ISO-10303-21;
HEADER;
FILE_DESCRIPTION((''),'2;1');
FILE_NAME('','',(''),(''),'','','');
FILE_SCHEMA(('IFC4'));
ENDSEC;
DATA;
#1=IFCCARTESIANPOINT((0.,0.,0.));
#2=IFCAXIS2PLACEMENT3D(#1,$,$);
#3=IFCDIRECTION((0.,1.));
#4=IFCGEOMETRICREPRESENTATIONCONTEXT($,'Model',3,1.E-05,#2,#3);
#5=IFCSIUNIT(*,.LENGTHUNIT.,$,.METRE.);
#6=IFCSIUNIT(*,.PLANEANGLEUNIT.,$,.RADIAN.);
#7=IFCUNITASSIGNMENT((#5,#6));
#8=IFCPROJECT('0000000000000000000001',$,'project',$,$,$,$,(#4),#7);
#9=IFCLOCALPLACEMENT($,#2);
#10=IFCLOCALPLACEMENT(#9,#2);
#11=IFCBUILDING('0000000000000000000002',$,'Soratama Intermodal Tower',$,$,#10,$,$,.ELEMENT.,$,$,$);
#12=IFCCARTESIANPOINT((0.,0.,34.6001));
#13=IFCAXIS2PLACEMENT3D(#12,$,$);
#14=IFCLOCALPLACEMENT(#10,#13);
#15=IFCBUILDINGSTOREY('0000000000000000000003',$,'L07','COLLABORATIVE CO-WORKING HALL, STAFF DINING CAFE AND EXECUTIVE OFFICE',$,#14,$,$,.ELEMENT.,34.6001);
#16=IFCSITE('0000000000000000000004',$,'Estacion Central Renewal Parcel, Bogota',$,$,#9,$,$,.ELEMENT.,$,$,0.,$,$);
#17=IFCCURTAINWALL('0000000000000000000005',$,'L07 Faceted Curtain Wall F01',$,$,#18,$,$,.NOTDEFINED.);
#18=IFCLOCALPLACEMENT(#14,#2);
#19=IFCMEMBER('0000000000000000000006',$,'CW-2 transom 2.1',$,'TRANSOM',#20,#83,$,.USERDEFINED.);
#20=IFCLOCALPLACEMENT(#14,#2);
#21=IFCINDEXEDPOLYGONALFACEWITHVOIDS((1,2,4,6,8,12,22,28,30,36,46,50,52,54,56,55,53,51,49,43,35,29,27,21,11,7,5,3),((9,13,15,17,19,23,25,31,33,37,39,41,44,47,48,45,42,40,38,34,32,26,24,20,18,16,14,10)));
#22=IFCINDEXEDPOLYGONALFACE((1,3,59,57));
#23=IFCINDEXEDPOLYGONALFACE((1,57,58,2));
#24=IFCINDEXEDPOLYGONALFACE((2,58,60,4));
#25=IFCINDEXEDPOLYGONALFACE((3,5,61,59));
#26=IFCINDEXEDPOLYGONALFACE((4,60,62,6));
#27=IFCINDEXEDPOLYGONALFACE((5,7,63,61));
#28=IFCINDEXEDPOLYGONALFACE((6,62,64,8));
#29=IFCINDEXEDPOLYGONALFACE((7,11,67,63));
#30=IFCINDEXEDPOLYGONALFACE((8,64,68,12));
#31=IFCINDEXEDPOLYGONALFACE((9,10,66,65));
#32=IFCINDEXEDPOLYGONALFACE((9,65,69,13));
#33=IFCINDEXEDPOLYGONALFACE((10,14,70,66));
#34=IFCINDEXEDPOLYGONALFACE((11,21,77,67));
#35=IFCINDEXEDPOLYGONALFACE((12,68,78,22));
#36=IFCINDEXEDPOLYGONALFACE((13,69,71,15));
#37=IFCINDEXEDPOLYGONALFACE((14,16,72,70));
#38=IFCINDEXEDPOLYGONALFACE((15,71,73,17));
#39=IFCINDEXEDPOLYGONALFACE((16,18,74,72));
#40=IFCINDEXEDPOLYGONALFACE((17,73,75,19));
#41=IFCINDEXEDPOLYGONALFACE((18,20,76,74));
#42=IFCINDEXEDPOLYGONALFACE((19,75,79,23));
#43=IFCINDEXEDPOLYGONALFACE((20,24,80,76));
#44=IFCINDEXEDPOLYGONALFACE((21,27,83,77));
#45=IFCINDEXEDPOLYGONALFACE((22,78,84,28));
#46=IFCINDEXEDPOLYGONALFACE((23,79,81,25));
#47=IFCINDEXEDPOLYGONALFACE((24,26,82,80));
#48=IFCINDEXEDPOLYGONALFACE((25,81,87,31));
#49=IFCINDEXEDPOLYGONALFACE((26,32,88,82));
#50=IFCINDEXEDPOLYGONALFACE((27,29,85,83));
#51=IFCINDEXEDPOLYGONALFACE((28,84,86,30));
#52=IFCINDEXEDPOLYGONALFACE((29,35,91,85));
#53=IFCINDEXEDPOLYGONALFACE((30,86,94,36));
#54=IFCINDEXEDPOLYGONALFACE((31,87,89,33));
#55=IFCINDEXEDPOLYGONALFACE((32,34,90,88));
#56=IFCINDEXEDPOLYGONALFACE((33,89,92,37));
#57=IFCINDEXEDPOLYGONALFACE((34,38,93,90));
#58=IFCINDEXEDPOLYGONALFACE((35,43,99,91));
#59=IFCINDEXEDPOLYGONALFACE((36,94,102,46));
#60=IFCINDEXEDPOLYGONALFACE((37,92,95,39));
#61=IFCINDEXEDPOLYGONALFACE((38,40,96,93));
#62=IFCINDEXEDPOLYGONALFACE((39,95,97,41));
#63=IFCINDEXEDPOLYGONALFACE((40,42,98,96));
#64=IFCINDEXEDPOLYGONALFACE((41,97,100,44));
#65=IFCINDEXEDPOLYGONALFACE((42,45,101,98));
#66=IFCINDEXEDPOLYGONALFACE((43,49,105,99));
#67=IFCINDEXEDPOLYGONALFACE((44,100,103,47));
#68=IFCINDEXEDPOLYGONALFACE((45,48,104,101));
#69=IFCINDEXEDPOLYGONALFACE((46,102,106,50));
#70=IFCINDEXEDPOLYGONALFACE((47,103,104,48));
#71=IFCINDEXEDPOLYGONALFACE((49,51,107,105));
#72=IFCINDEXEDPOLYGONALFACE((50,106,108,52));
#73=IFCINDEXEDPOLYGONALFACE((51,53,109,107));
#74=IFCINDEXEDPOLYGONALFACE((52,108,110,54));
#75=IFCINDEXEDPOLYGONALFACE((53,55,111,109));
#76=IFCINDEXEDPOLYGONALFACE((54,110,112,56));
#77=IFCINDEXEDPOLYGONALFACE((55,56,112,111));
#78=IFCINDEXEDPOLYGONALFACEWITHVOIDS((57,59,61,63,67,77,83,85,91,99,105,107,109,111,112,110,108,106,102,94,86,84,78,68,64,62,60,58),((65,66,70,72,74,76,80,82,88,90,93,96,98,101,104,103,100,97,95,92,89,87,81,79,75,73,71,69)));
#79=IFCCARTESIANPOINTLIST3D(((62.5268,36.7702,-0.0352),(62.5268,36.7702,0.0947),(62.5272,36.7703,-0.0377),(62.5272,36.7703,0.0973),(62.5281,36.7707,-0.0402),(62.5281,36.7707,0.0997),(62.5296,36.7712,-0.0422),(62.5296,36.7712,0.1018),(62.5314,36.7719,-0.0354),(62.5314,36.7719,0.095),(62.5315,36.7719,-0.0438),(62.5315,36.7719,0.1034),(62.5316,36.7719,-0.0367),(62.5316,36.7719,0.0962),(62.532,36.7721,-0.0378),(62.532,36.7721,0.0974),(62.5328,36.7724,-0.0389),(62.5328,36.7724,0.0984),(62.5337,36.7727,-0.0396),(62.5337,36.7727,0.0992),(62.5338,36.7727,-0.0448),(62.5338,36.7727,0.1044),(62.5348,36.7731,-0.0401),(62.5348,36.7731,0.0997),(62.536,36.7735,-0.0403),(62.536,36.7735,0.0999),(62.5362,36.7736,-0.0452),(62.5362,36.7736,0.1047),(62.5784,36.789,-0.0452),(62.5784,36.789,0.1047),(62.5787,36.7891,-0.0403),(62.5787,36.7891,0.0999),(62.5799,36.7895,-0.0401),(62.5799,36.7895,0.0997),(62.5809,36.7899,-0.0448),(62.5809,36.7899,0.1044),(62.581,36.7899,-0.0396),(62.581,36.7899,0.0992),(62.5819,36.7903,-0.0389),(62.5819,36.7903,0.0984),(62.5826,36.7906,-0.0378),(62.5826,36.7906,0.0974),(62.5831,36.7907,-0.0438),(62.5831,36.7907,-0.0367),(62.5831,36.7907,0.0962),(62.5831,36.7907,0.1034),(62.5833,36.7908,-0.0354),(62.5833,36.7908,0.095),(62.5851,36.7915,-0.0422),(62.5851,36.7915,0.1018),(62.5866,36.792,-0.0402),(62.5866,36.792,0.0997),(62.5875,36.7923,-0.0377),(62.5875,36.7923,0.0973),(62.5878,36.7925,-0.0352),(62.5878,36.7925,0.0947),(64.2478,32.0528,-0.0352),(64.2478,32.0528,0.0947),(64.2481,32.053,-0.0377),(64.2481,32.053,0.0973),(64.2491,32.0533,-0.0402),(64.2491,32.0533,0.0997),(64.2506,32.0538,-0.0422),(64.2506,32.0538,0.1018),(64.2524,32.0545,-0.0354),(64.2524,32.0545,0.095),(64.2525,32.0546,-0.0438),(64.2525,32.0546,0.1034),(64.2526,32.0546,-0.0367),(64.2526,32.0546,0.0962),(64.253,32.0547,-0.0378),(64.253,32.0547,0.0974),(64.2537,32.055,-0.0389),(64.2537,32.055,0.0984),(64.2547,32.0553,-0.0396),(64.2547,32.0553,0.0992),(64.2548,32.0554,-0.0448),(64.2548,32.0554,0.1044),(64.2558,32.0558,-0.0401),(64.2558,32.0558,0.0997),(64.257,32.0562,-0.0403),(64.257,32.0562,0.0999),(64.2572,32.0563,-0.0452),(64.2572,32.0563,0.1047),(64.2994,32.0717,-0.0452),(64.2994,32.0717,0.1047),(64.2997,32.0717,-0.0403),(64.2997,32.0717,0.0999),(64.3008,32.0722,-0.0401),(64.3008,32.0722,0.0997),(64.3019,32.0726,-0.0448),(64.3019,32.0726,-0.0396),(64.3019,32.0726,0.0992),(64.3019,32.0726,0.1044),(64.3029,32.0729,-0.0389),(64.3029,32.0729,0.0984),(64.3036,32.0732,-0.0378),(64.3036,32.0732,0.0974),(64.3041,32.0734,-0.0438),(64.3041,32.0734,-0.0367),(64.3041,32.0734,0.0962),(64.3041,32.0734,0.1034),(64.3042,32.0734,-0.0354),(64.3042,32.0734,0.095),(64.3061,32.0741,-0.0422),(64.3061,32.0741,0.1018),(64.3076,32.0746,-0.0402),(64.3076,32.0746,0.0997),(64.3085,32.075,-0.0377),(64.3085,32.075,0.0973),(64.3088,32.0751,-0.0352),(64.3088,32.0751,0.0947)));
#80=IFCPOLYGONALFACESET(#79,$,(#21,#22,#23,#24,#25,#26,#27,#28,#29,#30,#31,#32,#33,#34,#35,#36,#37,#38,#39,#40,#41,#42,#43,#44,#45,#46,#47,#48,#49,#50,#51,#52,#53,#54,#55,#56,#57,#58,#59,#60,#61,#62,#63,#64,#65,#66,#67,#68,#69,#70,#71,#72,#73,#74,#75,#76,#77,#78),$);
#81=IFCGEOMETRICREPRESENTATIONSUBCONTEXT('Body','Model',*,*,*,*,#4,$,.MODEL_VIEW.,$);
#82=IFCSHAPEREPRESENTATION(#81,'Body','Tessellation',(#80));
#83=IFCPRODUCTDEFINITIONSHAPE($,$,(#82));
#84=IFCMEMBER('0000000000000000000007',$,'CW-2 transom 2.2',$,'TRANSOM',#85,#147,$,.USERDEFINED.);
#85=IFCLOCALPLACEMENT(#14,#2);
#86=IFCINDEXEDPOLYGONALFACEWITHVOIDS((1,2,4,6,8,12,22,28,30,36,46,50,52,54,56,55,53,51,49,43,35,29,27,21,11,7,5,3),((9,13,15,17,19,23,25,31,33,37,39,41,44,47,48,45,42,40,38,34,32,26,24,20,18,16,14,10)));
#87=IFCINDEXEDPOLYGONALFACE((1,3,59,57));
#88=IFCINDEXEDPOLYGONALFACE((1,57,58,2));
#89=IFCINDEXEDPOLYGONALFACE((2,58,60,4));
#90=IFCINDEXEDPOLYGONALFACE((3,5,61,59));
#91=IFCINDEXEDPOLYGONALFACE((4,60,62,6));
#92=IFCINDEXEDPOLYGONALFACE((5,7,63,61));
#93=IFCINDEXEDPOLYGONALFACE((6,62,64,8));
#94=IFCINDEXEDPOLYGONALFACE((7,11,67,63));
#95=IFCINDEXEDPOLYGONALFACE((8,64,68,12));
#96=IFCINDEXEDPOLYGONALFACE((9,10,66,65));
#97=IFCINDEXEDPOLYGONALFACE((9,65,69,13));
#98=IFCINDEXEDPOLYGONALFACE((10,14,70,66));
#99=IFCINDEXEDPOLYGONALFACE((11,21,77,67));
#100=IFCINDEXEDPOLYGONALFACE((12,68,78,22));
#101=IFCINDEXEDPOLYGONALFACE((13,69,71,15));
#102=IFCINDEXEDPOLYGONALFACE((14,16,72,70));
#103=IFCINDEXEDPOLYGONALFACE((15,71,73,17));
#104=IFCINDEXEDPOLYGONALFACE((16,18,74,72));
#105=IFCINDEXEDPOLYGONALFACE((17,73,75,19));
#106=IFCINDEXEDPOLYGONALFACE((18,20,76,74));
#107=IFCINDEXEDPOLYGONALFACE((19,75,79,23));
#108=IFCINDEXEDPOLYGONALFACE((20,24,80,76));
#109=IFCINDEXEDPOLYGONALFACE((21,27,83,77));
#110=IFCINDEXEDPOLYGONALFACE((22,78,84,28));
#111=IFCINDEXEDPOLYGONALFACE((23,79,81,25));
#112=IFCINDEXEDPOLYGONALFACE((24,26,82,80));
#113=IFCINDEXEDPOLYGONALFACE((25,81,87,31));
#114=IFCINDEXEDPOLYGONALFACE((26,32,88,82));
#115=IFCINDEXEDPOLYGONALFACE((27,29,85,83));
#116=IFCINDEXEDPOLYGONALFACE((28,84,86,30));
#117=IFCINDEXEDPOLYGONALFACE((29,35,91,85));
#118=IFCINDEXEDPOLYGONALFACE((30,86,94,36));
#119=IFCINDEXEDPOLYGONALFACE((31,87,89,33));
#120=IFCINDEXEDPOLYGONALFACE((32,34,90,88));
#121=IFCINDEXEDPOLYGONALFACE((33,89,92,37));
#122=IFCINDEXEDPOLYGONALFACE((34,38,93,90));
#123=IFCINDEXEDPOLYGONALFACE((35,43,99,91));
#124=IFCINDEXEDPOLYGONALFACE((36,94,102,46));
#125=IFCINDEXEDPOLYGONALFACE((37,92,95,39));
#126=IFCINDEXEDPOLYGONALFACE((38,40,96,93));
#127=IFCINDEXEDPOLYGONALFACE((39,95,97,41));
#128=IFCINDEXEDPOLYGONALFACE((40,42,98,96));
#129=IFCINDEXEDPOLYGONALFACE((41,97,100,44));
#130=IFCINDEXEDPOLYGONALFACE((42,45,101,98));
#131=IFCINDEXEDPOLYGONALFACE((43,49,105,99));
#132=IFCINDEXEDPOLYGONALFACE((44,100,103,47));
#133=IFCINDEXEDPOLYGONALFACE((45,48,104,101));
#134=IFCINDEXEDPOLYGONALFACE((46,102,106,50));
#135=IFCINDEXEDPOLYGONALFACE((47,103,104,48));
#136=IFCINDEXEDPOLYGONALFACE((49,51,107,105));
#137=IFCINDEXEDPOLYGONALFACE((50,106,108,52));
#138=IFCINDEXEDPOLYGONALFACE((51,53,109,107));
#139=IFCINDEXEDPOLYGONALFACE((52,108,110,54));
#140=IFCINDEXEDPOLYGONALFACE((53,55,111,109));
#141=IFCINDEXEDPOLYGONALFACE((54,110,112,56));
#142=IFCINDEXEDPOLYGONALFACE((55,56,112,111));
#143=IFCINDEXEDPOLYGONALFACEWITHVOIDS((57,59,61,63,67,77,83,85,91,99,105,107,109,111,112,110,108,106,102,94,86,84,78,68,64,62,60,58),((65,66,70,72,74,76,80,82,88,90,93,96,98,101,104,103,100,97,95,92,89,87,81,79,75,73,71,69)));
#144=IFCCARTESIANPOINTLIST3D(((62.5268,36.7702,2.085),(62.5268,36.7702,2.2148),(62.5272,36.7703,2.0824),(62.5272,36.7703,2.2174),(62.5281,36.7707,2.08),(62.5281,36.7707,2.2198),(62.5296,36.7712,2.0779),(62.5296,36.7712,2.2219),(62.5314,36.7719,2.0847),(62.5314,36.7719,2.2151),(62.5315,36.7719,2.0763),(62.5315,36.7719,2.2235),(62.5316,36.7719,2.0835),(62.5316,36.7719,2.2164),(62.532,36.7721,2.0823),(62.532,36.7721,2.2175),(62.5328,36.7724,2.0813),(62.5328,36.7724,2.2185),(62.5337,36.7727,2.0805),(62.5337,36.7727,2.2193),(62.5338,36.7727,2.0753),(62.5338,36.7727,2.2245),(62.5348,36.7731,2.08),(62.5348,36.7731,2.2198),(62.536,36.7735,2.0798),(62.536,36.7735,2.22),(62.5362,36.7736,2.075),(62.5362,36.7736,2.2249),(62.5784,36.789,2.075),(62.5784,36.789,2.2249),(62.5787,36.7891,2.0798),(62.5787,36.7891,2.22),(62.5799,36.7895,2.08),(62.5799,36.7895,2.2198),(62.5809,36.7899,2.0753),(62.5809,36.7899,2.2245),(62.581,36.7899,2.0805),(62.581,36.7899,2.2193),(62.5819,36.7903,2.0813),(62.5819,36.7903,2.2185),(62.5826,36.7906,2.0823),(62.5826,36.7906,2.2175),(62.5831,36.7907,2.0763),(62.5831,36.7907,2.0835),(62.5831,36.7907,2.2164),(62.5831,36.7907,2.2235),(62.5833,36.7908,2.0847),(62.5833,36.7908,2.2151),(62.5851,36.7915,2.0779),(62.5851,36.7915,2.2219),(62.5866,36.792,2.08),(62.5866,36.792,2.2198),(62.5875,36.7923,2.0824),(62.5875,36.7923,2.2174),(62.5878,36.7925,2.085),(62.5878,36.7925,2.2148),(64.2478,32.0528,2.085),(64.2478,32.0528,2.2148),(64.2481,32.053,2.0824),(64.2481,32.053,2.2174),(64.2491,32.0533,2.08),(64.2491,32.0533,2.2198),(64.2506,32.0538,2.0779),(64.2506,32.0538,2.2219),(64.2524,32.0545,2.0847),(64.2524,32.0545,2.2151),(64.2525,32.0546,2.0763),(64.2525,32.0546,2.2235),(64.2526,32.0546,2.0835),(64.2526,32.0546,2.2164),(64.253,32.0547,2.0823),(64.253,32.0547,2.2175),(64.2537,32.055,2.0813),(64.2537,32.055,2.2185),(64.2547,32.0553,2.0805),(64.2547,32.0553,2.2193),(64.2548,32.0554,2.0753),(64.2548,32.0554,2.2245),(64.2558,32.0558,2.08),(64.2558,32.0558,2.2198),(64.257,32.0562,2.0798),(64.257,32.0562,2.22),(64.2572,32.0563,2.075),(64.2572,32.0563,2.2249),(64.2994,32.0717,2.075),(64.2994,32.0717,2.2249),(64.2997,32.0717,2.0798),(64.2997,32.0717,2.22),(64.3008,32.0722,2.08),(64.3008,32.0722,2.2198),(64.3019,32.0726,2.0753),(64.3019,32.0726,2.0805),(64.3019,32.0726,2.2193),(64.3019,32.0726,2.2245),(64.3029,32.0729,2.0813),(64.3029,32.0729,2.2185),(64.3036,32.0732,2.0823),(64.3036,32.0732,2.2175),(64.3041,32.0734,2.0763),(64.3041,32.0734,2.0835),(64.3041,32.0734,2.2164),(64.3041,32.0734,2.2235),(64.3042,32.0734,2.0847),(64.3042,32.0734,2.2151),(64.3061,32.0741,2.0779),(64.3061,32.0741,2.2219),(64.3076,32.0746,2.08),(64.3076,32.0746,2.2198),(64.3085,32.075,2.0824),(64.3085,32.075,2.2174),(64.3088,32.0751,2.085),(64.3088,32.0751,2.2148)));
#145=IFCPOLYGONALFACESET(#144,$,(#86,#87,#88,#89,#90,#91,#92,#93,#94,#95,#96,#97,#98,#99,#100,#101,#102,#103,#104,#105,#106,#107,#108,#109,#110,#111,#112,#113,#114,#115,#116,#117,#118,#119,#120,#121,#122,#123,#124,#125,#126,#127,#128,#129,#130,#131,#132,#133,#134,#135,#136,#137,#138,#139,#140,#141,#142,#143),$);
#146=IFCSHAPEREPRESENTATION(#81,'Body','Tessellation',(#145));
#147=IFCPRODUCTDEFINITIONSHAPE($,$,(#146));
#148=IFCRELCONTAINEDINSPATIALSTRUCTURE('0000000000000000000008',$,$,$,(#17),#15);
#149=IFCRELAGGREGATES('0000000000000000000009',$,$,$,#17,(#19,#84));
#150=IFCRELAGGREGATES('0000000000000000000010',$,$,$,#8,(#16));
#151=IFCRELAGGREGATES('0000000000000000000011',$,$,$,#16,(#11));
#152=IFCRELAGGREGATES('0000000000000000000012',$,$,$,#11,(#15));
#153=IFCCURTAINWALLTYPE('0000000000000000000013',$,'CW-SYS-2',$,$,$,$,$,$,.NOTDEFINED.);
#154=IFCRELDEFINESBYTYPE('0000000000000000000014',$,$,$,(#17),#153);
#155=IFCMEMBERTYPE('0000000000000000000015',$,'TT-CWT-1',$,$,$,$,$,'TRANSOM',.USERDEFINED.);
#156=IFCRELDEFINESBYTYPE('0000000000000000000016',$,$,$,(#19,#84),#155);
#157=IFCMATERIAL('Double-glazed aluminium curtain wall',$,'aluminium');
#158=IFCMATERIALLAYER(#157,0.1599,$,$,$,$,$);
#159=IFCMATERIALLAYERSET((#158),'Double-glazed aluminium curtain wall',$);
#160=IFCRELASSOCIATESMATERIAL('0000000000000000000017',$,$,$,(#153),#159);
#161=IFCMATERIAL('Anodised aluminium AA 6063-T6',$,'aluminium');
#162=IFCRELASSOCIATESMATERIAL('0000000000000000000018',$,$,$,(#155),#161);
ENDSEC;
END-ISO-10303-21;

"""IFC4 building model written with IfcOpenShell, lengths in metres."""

from ifc_helpers import new_model, si_unit, direction, frame, origin, origin_2d, place, context, subcontext, project, spatial, hollow_rectangle, extrude, material, layer, layer_set, material_profile, profile_set, type_object, element, aggregate, save


model = new_model("IFC4")

# Units and contexts
model_context = context("Model", 3, precision=1e-05, world=origin(), true_north=direction((0.0, 1.0)))
body_context = subcontext(model_context, "Body", "Model", "MODEL_VIEW")
ifc_project = project(units=[si_unit("LENGTHUNIT", "METRE"), si_unit("PLANEANGLEUNIT", "RADIAN")], contexts=[model_context])

# Site, building, storey
site_placement = place(None, origin())
site = spatial("IfcSite", under=ifc_project, at=site_placement, Name="Estacion Central Renewal Parcel, Bogota", CompositionType="ELEMENT", RefElevation=0.0)
building_placement = place(site_placement, origin())
building = spatial("IfcBuilding", under=site, at=building_placement, Name="Soratama Intermodal Tower", CompositionType="ELEMENT")
storey_placement = place(building_placement, frame((0.0, 0.0, 34.6001)))
storey = spatial("IfcBuildingStorey", under=building, at=storey_placement, Name="L07", Description="COLLABORATIVE CO-WORKING HALL, STAFF DINING CAFE AND EXECUTIVE OFFICE", CompositionType="ELEMENT", Elevation=34.6001)

# Curtain wall, members
ifc_material_1 = material(Name="Double-glazed aluminium curtain wall", Category="aluminium")
ifc_layer_1 = layer(ifc_material_1, 0.1599)
ifc_layer_set_1 = layer_set([ifc_layer_1], Name="Double-glazed aluminium curtain wall")
curtain_wall_type = type_object("IfcCurtainWallType", Name="CW-SYS-2", PredefinedType="NOTDEFINED", material=ifc_layer_set_1)
curtain_wall_placement = place(storey_placement, origin())
curtain_wall = element("IfcCurtainWall", 1, at=curtain_wall_placement, inside=storey, type_object=curtain_wall_type, Name="L07 Faceted Curtain Wall F01", PredefinedType="NOTDEFINED")
ifc_material_2 = material(Name="Anodised aluminium AA 6063-T6", Category="aluminium")
ifc_material_profile_1 = material_profile(ifc_material_2, hollow_rectangle(XDim=0.0649, YDim=0.1499, WallThickness=0.0049, InnerFilletRadius=0.0049, OuterFilletRadius=0.01, at=origin_2d()), Name="CWT150X65X5")
ifc_profile_set_1 = profile_set([ifc_material_profile_1], Name="Anodised aluminium AA 6063-T6")
member_type_1 = type_object("IfcMemberType", Name="TT-CWT-1", ElementType="TRANSOM", PredefinedType="USERDEFINED", material=ifc_profile_set_1)
member_1_placement = place(storey_placement, frame((64.2783, 32.064, 0.0298), z_axis=(-0.342723, 0.939437, 0.0), x_axis=(-0.939437, -0.342723, 0.0)))
member_1 = element("IfcMember", 2, at=member_1_placement, type_object=member_type_1, Name="CW-2 transom 2.1", ObjectType="TRANSOM", PredefinedType="USERDEFINED", context=body_context, shape_type="SweptSolid", body=[
    extrude(hollow_rectangle(XDim=0.0649, YDim=0.1499, WallThickness=0.0049, InnerFilletRadius=0.0049, OuterFilletRadius=0.01, at=origin_2d()), origin(), (0.0, 0.0, 1.0), 5.0215),
])
member_2_placement = place(storey_placement, frame((64.2783, 32.064, 2.1499), z_axis=(-0.342723, 0.939437, 0.0), x_axis=(-0.939437, -0.342723, 0.0)))
member_2 = element("IfcMember", 3, at=member_2_placement, type_object=member_type_1, Name="CW-2 transom 2.2", ObjectType="TRANSOM", PredefinedType="USERDEFINED", context=body_context, shape_type="SweptSolid", body=[
    extrude(hollow_rectangle(XDim=0.0649, YDim=0.1499, WallThickness=0.0049, InnerFilletRadius=0.0049, OuterFilletRadius=0.01, at=origin_2d()), origin(), (0.0, 0.0, 1.0), 5.0215),
])
aggregate(curtain_wall, [member_1, member_2])

save(model, "model.ifc")
